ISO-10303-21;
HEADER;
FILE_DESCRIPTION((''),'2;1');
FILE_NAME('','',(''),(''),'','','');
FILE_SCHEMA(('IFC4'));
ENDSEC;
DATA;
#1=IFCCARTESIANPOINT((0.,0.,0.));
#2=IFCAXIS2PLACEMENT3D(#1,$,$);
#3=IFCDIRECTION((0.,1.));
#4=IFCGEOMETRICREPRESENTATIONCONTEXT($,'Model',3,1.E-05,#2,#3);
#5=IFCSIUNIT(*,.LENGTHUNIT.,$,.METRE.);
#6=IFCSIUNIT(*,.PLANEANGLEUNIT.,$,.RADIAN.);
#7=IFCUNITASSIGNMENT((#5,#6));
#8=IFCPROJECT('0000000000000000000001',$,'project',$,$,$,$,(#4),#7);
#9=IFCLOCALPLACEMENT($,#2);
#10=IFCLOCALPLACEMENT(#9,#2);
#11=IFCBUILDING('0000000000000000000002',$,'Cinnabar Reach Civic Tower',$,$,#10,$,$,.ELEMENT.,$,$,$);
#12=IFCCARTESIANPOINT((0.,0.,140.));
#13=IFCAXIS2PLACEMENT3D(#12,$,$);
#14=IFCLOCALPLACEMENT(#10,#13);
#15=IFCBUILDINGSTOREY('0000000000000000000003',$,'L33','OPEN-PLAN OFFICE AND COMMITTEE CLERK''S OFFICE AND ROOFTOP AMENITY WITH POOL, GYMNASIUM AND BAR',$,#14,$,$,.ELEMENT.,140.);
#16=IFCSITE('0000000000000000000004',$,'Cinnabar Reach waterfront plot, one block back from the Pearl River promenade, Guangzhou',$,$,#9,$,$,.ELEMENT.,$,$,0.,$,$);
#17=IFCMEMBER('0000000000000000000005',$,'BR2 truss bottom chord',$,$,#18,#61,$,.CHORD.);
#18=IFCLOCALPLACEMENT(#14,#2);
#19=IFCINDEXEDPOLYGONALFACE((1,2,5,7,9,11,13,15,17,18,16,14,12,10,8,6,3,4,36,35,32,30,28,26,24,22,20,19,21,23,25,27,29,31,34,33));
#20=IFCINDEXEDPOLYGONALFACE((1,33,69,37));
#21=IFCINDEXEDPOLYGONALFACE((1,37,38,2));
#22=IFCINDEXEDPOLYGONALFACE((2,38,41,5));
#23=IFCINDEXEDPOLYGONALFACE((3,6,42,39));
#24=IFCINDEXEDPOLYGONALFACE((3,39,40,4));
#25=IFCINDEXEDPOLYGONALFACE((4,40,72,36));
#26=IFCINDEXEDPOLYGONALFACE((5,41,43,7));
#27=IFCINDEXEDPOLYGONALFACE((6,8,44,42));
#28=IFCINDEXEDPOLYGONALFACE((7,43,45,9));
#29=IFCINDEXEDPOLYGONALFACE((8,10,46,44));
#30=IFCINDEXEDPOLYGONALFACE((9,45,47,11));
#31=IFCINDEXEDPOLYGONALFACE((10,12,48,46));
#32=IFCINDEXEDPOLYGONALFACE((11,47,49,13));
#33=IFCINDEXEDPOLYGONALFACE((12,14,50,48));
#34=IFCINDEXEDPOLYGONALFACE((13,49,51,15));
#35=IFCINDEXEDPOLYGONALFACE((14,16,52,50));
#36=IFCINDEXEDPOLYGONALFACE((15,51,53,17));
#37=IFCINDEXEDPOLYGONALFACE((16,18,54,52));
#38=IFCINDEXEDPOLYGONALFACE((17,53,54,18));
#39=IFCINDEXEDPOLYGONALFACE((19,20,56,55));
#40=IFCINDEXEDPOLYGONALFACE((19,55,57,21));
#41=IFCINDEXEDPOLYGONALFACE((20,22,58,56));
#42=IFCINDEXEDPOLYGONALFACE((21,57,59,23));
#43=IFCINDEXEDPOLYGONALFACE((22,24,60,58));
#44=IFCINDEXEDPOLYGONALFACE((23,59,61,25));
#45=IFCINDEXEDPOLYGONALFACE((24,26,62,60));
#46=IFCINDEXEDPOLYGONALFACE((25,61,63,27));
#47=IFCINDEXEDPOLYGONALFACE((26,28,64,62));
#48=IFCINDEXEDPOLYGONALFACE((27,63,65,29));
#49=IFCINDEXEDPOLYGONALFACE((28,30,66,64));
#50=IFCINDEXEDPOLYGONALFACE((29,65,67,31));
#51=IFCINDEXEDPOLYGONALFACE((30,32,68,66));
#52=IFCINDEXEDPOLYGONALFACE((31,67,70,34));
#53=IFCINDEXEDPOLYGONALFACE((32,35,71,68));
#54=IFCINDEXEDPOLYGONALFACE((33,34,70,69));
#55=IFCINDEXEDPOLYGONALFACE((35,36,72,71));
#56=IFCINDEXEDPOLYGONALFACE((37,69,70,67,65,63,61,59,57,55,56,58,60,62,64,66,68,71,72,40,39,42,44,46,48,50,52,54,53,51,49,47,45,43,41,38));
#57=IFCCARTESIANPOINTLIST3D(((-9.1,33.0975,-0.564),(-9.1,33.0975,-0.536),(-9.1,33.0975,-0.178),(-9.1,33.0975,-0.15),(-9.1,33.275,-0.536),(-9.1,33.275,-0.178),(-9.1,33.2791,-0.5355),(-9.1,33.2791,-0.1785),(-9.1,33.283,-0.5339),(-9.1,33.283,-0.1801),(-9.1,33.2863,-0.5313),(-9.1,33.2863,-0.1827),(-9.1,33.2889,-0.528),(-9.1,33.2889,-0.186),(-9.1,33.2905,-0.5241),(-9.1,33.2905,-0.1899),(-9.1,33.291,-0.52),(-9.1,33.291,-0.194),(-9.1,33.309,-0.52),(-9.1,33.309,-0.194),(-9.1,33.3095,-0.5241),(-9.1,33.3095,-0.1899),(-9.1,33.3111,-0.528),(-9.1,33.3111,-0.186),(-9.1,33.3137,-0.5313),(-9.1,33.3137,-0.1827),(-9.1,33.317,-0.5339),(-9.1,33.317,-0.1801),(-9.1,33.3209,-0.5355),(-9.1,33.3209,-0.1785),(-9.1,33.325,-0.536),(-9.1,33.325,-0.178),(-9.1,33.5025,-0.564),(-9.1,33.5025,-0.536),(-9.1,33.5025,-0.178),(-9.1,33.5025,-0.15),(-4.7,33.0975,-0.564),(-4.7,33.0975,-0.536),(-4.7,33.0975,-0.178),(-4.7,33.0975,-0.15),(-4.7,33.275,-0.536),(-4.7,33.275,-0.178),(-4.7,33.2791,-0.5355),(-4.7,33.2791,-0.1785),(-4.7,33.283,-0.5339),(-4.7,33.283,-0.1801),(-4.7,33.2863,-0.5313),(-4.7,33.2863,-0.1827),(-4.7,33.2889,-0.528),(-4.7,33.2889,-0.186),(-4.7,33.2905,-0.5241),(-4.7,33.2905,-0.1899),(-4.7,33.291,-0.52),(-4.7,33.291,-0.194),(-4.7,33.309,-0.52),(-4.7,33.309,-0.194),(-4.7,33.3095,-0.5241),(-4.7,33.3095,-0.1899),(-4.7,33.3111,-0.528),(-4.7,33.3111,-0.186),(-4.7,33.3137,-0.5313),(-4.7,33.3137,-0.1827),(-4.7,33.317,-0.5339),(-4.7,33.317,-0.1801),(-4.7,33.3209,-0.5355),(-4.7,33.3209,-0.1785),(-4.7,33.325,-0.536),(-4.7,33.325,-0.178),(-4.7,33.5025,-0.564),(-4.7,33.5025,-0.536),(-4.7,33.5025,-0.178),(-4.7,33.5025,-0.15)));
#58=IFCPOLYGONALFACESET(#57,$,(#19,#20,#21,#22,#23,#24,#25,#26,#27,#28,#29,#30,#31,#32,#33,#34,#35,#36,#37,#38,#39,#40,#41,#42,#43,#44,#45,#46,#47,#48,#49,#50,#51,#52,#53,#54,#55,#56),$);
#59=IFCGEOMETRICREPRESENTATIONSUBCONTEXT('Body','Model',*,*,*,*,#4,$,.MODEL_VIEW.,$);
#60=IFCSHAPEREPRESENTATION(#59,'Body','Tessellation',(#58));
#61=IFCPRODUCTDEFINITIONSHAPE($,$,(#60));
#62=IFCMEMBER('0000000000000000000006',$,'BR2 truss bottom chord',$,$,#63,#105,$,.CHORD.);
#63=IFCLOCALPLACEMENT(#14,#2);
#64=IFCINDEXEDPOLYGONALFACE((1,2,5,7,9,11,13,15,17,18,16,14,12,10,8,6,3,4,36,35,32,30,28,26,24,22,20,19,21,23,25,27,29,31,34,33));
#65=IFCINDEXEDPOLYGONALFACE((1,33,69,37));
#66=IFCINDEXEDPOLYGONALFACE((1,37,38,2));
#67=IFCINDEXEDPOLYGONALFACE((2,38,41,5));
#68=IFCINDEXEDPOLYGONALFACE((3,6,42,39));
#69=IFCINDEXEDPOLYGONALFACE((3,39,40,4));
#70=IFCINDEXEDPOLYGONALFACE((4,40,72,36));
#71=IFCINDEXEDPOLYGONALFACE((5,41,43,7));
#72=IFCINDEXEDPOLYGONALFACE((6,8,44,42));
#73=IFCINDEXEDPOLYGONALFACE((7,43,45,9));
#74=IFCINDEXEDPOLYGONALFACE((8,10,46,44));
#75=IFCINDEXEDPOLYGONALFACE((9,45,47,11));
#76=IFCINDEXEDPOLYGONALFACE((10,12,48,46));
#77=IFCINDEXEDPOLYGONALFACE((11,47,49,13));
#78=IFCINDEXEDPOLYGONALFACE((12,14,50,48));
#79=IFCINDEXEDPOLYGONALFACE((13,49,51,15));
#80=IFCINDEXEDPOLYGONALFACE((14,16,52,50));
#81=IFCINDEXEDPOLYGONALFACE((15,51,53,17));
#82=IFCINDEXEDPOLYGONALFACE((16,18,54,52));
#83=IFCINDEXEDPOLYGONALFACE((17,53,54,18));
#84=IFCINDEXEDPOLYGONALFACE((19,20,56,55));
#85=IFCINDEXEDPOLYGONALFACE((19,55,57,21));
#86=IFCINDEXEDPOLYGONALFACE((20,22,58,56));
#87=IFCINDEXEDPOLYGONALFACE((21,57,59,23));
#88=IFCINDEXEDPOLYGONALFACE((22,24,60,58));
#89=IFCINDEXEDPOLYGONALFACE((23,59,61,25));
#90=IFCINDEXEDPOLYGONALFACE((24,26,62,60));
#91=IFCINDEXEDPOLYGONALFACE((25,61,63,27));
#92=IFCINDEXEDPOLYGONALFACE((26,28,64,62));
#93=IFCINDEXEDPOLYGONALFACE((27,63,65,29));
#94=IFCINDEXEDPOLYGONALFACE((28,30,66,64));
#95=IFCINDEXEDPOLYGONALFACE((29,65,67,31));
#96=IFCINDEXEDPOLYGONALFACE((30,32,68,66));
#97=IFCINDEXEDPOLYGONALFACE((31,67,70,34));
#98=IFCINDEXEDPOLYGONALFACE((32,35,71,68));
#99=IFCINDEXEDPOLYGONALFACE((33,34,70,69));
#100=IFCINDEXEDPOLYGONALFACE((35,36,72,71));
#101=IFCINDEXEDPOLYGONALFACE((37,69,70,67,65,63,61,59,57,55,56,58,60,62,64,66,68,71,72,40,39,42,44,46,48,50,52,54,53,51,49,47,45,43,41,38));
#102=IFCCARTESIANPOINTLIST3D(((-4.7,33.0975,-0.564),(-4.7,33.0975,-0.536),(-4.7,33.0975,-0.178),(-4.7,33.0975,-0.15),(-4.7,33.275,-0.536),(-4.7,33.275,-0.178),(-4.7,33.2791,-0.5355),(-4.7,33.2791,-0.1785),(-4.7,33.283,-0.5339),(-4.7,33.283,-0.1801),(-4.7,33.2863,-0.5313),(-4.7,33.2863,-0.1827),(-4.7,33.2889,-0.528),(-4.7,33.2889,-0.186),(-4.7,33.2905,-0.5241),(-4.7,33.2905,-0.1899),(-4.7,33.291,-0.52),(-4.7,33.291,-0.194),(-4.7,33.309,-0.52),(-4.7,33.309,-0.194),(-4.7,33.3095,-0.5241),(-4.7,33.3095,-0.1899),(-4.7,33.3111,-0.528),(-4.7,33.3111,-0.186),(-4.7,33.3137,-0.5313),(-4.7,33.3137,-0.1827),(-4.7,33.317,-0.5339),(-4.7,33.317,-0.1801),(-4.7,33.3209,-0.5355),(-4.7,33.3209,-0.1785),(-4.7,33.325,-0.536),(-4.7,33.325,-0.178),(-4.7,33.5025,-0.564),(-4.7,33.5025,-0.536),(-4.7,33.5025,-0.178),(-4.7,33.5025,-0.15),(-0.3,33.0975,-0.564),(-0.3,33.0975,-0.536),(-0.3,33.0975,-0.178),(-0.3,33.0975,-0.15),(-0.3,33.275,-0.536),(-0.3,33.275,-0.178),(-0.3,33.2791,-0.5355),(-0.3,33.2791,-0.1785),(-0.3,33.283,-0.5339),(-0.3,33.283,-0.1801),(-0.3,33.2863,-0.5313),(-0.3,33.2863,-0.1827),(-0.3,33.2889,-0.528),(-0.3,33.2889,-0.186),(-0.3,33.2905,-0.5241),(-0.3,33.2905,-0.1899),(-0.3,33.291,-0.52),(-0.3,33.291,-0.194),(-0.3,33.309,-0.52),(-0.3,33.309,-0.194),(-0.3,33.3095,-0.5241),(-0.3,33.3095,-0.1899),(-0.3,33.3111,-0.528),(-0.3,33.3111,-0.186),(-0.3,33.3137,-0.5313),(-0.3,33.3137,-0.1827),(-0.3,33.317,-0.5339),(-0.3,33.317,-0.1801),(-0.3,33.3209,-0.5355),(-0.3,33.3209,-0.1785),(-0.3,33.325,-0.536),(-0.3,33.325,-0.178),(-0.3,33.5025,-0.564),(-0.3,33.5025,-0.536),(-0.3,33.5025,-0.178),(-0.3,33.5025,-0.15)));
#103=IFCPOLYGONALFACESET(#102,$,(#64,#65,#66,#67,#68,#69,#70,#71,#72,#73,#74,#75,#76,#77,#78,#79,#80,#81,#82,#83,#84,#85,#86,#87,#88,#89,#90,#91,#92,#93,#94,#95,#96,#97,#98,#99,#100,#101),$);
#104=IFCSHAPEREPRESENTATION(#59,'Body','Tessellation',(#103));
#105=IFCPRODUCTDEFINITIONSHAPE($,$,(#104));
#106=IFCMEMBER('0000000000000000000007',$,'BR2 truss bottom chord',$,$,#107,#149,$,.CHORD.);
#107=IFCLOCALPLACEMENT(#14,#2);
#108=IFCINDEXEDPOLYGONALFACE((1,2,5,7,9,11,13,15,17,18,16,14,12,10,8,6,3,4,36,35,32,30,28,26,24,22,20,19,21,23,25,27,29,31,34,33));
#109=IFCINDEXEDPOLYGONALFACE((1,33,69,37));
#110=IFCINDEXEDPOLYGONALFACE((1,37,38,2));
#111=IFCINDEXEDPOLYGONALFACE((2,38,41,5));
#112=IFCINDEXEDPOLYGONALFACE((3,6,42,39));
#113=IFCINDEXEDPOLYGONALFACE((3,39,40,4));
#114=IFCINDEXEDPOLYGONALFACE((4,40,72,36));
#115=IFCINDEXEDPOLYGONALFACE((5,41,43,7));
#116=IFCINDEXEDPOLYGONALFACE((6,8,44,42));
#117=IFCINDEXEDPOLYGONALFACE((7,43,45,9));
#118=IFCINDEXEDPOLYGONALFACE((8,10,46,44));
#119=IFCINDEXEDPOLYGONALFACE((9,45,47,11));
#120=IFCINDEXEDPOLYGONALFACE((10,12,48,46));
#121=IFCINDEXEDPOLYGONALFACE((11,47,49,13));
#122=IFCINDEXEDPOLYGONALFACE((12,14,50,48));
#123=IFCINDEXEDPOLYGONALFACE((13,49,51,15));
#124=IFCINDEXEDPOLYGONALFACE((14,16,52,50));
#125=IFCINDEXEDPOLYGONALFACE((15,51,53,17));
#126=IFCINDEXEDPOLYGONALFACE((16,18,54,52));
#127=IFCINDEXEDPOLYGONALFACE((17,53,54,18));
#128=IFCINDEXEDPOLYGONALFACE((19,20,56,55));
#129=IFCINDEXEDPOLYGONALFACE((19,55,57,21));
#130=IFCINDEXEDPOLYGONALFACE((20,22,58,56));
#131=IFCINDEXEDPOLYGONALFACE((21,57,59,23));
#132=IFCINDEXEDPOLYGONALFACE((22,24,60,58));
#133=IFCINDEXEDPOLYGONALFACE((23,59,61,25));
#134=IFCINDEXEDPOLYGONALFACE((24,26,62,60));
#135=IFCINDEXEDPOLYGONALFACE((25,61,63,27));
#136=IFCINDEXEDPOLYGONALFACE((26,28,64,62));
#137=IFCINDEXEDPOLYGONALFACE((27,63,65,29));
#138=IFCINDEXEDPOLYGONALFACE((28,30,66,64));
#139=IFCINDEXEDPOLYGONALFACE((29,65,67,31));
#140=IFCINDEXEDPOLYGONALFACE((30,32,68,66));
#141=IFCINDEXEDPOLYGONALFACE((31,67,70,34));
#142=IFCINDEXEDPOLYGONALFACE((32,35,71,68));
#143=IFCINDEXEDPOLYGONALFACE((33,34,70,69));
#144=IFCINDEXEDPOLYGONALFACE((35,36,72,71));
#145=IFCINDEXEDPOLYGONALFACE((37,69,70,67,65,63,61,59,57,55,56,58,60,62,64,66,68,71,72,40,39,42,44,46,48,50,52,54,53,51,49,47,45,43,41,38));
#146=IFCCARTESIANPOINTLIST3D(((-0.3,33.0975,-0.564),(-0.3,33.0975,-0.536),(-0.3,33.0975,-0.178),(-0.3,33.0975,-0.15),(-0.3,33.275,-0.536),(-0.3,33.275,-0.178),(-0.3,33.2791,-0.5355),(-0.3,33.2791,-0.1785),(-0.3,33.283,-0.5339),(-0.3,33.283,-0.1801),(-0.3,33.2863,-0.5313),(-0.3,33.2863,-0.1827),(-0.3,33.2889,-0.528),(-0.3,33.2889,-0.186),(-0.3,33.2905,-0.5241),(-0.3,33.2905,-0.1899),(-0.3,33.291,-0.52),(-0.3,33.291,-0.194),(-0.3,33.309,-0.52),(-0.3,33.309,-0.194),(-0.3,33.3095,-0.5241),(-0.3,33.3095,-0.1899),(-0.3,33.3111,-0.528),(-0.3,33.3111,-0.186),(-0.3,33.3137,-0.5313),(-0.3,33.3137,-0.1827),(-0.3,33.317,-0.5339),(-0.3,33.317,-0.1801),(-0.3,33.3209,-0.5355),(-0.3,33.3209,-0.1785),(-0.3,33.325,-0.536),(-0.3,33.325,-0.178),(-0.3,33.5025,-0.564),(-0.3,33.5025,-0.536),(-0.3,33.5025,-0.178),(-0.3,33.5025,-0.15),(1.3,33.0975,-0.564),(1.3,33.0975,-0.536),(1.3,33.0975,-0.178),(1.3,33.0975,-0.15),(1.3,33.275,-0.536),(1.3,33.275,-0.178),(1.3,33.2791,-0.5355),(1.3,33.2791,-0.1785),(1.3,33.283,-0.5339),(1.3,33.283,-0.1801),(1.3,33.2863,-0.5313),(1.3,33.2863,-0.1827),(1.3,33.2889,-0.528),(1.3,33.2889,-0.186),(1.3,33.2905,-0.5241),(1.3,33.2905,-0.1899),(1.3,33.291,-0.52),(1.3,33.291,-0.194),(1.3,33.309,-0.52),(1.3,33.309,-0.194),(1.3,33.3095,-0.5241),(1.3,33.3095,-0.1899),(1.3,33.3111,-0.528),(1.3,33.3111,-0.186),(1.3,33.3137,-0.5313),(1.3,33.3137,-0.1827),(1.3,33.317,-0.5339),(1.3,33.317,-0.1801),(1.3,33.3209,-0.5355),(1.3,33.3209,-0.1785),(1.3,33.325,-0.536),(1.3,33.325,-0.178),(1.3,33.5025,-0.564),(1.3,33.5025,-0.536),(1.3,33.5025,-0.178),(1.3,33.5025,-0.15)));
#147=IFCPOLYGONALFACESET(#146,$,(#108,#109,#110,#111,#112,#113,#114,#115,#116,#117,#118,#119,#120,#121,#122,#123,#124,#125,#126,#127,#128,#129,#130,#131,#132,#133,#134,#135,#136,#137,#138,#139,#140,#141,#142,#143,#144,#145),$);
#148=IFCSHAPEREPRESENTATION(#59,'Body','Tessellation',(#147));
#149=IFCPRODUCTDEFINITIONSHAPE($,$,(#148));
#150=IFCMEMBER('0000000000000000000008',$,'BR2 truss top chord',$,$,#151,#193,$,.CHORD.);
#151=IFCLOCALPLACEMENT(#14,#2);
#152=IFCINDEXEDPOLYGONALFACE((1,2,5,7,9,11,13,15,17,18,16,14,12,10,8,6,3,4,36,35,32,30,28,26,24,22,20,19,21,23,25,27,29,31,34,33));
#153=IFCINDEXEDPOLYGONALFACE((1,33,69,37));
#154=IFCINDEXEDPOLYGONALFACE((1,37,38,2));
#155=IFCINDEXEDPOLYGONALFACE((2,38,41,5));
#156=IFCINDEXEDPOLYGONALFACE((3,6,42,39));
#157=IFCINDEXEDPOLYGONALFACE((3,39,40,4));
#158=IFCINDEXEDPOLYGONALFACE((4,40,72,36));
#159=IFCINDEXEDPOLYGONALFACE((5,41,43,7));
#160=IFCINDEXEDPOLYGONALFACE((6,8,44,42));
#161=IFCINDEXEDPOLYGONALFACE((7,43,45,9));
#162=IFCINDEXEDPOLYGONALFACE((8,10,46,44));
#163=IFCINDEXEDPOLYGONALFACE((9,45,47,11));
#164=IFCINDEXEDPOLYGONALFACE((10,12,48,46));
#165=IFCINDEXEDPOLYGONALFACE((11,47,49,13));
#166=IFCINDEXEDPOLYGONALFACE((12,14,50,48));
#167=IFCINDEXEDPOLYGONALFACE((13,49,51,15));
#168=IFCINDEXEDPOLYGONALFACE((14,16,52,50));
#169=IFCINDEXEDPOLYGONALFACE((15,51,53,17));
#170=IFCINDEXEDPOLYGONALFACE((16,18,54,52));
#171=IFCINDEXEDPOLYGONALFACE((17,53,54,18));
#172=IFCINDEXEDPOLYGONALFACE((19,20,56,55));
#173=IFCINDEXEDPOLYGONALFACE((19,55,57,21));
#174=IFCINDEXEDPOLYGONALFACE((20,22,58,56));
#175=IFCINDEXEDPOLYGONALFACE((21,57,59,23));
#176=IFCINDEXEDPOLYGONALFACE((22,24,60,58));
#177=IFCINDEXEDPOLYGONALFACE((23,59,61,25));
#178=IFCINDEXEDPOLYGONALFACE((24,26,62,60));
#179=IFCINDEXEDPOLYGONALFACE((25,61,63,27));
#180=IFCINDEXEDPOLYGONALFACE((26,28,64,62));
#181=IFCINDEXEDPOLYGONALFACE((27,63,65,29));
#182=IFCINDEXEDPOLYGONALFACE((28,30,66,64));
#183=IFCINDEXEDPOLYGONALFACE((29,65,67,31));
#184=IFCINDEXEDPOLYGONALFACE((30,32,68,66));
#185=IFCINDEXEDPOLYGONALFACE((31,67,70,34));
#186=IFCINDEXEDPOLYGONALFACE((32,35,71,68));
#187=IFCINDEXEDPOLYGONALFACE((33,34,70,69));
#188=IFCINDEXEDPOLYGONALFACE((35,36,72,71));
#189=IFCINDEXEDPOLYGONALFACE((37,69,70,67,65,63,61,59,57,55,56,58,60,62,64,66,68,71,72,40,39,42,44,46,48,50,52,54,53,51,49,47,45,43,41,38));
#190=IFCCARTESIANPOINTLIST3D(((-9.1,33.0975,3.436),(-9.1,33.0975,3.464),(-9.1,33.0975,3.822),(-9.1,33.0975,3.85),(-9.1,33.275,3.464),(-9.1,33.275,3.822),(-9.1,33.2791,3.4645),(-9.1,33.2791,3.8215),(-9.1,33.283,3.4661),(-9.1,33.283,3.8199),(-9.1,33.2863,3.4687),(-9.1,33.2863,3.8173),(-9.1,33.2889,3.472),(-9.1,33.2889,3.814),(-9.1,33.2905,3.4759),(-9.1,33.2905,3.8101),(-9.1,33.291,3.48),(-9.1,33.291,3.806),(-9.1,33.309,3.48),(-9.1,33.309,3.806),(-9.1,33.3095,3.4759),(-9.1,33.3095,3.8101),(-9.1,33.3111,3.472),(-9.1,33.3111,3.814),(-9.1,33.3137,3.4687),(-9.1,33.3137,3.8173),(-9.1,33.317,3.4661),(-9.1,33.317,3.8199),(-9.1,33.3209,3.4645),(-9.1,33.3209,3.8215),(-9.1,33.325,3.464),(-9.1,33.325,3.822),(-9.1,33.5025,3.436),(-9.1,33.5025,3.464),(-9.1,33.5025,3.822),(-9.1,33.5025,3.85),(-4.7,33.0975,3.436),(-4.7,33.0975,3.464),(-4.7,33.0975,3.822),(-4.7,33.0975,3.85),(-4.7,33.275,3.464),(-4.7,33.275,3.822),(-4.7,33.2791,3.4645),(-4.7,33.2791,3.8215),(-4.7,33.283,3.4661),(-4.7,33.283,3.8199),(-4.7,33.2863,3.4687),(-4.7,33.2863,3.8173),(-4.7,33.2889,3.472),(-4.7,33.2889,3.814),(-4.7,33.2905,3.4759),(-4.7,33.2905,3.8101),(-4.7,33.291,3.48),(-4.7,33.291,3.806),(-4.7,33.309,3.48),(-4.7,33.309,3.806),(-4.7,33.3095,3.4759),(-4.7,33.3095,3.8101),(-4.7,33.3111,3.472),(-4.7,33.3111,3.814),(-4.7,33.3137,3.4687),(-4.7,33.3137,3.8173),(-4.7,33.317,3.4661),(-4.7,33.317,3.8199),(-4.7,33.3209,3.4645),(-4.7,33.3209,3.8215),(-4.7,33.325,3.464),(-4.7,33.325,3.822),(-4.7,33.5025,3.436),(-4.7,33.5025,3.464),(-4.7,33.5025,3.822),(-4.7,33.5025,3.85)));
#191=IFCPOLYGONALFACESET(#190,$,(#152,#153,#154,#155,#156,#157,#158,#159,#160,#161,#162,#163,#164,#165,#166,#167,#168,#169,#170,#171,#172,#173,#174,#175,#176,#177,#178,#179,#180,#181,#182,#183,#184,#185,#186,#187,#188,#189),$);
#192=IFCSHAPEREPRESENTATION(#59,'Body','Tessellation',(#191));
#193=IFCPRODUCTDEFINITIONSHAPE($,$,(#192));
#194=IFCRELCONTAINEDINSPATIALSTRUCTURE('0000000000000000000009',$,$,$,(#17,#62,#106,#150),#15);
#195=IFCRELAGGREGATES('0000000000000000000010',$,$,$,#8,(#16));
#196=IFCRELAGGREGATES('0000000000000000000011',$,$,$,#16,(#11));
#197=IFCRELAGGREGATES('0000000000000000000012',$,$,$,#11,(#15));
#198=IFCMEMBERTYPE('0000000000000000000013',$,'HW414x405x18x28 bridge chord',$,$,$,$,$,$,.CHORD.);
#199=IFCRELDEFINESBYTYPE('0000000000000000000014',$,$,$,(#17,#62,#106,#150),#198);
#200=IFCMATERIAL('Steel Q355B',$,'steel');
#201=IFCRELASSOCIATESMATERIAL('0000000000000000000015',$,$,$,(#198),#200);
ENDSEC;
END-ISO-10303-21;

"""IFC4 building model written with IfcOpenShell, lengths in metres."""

from ifc_helpers import new_model, si_unit, direction, frame, origin, origin_2d, place, context, subcontext, project, spatial, i_section, extrude, material, material_profile, profile_set, type_object, element, save


model = new_model("IFC4")

# Units and contexts
model_context = context("Model", 3, precision=1e-05, world=origin(), true_north=direction((0.0, 1.0)))
body_context = subcontext(model_context, "Body", "Model", "MODEL_VIEW")
ifc_project = project(units=[si_unit("LENGTHUNIT", "METRE"), si_unit("PLANEANGLEUNIT", "RADIAN")], contexts=[model_context])

# Site, building, storey
site_placement = place(None, origin())
site = spatial("IfcSite", under=ifc_project, at=site_placement, Name="Cinnabar Reach waterfront plot, one block back from the Pearl River promenade, Guangzhou", CompositionType="ELEMENT", RefElevation=0.0)
building_placement = place(site_placement, origin())
building = spatial("IfcBuilding", under=site, at=building_placement, Name="Cinnabar Reach Civic Tower", CompositionType="ELEMENT")
storey_placement = place(building_placement, frame((0.0, 0.0, 140.0)))
storey = spatial("IfcBuildingStorey", under=building, at=storey_placement, Name="L33", Description="OPEN-PLAN OFFICE AND COMMITTEE CLERK'S OFFICE AND ROOFTOP AMENITY WITH POOL, GYMNASIUM AND BAR", CompositionType="ELEMENT", Elevation=140.0)

# Members
ifc_material_1 = material(Name="Steel Q355B", Category="steel")
ifc_material_profile_1 = material_profile(ifc_material_1, i_section(OverallWidth=0.405, OverallDepth=0.414, WebThickness=0.018, FlangeThickness=0.028, FilletRadius=0.016, at=origin_2d()), Name="HW414x405x18x28")
ifc_profile_set_1 = profile_set([ifc_material_profile_1], Name="Steel Q355B")
member_type_1 = type_object("IfcMemberType", Name="HW414x405x18x28 bridge chord", PredefinedType="CHORD", material=ifc_profile_set_1)
for number, where, z_axis, x_axis, name in (
    (1, (-9.1, 33.3, -0.357), (1.0, 0.0, 0.0), (0.0, 1.0, 0.0), "BR2 truss bottom chord"),
    (2, (-4.7, 33.3, -0.357), (1.0, 0.0, 0.0), (0.0, 1.0, 0.0), "BR2 truss bottom chord"),
):
    element("IfcMember", number, at=place(storey_placement, frame(where, z_axis=z_axis, x_axis=x_axis)), inside=storey, type_object=member_type_1, Name=name, PredefinedType="CHORD", context=body_context, shape_type="SweptSolid", body=[
        extrude(i_section(OverallWidth=0.405, OverallDepth=0.414, WebThickness=0.018, FlangeThickness=0.028, FilletRadius=0.016, at=origin_2d()), origin(), (0.0, 0.0, 1.0), 4.4),
    ])
member_1_placement = place(storey_placement, frame((-0.3, 33.3, -0.357), z_axis=(1.0, 0.0, 0.0), x_axis=(0.0, 1.0, 0.0)))
element("IfcMember", 3, at=member_1_placement, inside=storey, type_object=member_type_1, Name="BR2 truss bottom chord", PredefinedType="CHORD", context=body_context, shape_type="SweptSolid", body=[
    extrude(i_section(OverallWidth=0.405, OverallDepth=0.414, WebThickness=0.018, FlangeThickness=0.028, FilletRadius=0.016, at=origin_2d()), origin(), (0.0, 0.0, 1.0), 1.6),
])
for number, where, z_axis, x_axis, name in (
    (4, (-9.1, 33.3, 3.643), (1.0, 0.0, 0.0), (0.0, 1.0, 0.0), "BR2 truss top chord"),
):
    element("IfcMember", number, at=place(storey_placement, frame(where, z_axis=z_axis, x_axis=x_axis)), inside=storey, type_object=member_type_1, Name=name, PredefinedType="CHORD", context=body_context, shape_type="SweptSolid", body=[
        extrude(i_section(OverallWidth=0.405, OverallDepth=0.414, WebThickness=0.018, FlangeThickness=0.028, FilletRadius=0.016, at=origin_2d()), origin(), (0.0, 0.0, 1.0), 4.4),
    ])

save(model, "model.ifc")
